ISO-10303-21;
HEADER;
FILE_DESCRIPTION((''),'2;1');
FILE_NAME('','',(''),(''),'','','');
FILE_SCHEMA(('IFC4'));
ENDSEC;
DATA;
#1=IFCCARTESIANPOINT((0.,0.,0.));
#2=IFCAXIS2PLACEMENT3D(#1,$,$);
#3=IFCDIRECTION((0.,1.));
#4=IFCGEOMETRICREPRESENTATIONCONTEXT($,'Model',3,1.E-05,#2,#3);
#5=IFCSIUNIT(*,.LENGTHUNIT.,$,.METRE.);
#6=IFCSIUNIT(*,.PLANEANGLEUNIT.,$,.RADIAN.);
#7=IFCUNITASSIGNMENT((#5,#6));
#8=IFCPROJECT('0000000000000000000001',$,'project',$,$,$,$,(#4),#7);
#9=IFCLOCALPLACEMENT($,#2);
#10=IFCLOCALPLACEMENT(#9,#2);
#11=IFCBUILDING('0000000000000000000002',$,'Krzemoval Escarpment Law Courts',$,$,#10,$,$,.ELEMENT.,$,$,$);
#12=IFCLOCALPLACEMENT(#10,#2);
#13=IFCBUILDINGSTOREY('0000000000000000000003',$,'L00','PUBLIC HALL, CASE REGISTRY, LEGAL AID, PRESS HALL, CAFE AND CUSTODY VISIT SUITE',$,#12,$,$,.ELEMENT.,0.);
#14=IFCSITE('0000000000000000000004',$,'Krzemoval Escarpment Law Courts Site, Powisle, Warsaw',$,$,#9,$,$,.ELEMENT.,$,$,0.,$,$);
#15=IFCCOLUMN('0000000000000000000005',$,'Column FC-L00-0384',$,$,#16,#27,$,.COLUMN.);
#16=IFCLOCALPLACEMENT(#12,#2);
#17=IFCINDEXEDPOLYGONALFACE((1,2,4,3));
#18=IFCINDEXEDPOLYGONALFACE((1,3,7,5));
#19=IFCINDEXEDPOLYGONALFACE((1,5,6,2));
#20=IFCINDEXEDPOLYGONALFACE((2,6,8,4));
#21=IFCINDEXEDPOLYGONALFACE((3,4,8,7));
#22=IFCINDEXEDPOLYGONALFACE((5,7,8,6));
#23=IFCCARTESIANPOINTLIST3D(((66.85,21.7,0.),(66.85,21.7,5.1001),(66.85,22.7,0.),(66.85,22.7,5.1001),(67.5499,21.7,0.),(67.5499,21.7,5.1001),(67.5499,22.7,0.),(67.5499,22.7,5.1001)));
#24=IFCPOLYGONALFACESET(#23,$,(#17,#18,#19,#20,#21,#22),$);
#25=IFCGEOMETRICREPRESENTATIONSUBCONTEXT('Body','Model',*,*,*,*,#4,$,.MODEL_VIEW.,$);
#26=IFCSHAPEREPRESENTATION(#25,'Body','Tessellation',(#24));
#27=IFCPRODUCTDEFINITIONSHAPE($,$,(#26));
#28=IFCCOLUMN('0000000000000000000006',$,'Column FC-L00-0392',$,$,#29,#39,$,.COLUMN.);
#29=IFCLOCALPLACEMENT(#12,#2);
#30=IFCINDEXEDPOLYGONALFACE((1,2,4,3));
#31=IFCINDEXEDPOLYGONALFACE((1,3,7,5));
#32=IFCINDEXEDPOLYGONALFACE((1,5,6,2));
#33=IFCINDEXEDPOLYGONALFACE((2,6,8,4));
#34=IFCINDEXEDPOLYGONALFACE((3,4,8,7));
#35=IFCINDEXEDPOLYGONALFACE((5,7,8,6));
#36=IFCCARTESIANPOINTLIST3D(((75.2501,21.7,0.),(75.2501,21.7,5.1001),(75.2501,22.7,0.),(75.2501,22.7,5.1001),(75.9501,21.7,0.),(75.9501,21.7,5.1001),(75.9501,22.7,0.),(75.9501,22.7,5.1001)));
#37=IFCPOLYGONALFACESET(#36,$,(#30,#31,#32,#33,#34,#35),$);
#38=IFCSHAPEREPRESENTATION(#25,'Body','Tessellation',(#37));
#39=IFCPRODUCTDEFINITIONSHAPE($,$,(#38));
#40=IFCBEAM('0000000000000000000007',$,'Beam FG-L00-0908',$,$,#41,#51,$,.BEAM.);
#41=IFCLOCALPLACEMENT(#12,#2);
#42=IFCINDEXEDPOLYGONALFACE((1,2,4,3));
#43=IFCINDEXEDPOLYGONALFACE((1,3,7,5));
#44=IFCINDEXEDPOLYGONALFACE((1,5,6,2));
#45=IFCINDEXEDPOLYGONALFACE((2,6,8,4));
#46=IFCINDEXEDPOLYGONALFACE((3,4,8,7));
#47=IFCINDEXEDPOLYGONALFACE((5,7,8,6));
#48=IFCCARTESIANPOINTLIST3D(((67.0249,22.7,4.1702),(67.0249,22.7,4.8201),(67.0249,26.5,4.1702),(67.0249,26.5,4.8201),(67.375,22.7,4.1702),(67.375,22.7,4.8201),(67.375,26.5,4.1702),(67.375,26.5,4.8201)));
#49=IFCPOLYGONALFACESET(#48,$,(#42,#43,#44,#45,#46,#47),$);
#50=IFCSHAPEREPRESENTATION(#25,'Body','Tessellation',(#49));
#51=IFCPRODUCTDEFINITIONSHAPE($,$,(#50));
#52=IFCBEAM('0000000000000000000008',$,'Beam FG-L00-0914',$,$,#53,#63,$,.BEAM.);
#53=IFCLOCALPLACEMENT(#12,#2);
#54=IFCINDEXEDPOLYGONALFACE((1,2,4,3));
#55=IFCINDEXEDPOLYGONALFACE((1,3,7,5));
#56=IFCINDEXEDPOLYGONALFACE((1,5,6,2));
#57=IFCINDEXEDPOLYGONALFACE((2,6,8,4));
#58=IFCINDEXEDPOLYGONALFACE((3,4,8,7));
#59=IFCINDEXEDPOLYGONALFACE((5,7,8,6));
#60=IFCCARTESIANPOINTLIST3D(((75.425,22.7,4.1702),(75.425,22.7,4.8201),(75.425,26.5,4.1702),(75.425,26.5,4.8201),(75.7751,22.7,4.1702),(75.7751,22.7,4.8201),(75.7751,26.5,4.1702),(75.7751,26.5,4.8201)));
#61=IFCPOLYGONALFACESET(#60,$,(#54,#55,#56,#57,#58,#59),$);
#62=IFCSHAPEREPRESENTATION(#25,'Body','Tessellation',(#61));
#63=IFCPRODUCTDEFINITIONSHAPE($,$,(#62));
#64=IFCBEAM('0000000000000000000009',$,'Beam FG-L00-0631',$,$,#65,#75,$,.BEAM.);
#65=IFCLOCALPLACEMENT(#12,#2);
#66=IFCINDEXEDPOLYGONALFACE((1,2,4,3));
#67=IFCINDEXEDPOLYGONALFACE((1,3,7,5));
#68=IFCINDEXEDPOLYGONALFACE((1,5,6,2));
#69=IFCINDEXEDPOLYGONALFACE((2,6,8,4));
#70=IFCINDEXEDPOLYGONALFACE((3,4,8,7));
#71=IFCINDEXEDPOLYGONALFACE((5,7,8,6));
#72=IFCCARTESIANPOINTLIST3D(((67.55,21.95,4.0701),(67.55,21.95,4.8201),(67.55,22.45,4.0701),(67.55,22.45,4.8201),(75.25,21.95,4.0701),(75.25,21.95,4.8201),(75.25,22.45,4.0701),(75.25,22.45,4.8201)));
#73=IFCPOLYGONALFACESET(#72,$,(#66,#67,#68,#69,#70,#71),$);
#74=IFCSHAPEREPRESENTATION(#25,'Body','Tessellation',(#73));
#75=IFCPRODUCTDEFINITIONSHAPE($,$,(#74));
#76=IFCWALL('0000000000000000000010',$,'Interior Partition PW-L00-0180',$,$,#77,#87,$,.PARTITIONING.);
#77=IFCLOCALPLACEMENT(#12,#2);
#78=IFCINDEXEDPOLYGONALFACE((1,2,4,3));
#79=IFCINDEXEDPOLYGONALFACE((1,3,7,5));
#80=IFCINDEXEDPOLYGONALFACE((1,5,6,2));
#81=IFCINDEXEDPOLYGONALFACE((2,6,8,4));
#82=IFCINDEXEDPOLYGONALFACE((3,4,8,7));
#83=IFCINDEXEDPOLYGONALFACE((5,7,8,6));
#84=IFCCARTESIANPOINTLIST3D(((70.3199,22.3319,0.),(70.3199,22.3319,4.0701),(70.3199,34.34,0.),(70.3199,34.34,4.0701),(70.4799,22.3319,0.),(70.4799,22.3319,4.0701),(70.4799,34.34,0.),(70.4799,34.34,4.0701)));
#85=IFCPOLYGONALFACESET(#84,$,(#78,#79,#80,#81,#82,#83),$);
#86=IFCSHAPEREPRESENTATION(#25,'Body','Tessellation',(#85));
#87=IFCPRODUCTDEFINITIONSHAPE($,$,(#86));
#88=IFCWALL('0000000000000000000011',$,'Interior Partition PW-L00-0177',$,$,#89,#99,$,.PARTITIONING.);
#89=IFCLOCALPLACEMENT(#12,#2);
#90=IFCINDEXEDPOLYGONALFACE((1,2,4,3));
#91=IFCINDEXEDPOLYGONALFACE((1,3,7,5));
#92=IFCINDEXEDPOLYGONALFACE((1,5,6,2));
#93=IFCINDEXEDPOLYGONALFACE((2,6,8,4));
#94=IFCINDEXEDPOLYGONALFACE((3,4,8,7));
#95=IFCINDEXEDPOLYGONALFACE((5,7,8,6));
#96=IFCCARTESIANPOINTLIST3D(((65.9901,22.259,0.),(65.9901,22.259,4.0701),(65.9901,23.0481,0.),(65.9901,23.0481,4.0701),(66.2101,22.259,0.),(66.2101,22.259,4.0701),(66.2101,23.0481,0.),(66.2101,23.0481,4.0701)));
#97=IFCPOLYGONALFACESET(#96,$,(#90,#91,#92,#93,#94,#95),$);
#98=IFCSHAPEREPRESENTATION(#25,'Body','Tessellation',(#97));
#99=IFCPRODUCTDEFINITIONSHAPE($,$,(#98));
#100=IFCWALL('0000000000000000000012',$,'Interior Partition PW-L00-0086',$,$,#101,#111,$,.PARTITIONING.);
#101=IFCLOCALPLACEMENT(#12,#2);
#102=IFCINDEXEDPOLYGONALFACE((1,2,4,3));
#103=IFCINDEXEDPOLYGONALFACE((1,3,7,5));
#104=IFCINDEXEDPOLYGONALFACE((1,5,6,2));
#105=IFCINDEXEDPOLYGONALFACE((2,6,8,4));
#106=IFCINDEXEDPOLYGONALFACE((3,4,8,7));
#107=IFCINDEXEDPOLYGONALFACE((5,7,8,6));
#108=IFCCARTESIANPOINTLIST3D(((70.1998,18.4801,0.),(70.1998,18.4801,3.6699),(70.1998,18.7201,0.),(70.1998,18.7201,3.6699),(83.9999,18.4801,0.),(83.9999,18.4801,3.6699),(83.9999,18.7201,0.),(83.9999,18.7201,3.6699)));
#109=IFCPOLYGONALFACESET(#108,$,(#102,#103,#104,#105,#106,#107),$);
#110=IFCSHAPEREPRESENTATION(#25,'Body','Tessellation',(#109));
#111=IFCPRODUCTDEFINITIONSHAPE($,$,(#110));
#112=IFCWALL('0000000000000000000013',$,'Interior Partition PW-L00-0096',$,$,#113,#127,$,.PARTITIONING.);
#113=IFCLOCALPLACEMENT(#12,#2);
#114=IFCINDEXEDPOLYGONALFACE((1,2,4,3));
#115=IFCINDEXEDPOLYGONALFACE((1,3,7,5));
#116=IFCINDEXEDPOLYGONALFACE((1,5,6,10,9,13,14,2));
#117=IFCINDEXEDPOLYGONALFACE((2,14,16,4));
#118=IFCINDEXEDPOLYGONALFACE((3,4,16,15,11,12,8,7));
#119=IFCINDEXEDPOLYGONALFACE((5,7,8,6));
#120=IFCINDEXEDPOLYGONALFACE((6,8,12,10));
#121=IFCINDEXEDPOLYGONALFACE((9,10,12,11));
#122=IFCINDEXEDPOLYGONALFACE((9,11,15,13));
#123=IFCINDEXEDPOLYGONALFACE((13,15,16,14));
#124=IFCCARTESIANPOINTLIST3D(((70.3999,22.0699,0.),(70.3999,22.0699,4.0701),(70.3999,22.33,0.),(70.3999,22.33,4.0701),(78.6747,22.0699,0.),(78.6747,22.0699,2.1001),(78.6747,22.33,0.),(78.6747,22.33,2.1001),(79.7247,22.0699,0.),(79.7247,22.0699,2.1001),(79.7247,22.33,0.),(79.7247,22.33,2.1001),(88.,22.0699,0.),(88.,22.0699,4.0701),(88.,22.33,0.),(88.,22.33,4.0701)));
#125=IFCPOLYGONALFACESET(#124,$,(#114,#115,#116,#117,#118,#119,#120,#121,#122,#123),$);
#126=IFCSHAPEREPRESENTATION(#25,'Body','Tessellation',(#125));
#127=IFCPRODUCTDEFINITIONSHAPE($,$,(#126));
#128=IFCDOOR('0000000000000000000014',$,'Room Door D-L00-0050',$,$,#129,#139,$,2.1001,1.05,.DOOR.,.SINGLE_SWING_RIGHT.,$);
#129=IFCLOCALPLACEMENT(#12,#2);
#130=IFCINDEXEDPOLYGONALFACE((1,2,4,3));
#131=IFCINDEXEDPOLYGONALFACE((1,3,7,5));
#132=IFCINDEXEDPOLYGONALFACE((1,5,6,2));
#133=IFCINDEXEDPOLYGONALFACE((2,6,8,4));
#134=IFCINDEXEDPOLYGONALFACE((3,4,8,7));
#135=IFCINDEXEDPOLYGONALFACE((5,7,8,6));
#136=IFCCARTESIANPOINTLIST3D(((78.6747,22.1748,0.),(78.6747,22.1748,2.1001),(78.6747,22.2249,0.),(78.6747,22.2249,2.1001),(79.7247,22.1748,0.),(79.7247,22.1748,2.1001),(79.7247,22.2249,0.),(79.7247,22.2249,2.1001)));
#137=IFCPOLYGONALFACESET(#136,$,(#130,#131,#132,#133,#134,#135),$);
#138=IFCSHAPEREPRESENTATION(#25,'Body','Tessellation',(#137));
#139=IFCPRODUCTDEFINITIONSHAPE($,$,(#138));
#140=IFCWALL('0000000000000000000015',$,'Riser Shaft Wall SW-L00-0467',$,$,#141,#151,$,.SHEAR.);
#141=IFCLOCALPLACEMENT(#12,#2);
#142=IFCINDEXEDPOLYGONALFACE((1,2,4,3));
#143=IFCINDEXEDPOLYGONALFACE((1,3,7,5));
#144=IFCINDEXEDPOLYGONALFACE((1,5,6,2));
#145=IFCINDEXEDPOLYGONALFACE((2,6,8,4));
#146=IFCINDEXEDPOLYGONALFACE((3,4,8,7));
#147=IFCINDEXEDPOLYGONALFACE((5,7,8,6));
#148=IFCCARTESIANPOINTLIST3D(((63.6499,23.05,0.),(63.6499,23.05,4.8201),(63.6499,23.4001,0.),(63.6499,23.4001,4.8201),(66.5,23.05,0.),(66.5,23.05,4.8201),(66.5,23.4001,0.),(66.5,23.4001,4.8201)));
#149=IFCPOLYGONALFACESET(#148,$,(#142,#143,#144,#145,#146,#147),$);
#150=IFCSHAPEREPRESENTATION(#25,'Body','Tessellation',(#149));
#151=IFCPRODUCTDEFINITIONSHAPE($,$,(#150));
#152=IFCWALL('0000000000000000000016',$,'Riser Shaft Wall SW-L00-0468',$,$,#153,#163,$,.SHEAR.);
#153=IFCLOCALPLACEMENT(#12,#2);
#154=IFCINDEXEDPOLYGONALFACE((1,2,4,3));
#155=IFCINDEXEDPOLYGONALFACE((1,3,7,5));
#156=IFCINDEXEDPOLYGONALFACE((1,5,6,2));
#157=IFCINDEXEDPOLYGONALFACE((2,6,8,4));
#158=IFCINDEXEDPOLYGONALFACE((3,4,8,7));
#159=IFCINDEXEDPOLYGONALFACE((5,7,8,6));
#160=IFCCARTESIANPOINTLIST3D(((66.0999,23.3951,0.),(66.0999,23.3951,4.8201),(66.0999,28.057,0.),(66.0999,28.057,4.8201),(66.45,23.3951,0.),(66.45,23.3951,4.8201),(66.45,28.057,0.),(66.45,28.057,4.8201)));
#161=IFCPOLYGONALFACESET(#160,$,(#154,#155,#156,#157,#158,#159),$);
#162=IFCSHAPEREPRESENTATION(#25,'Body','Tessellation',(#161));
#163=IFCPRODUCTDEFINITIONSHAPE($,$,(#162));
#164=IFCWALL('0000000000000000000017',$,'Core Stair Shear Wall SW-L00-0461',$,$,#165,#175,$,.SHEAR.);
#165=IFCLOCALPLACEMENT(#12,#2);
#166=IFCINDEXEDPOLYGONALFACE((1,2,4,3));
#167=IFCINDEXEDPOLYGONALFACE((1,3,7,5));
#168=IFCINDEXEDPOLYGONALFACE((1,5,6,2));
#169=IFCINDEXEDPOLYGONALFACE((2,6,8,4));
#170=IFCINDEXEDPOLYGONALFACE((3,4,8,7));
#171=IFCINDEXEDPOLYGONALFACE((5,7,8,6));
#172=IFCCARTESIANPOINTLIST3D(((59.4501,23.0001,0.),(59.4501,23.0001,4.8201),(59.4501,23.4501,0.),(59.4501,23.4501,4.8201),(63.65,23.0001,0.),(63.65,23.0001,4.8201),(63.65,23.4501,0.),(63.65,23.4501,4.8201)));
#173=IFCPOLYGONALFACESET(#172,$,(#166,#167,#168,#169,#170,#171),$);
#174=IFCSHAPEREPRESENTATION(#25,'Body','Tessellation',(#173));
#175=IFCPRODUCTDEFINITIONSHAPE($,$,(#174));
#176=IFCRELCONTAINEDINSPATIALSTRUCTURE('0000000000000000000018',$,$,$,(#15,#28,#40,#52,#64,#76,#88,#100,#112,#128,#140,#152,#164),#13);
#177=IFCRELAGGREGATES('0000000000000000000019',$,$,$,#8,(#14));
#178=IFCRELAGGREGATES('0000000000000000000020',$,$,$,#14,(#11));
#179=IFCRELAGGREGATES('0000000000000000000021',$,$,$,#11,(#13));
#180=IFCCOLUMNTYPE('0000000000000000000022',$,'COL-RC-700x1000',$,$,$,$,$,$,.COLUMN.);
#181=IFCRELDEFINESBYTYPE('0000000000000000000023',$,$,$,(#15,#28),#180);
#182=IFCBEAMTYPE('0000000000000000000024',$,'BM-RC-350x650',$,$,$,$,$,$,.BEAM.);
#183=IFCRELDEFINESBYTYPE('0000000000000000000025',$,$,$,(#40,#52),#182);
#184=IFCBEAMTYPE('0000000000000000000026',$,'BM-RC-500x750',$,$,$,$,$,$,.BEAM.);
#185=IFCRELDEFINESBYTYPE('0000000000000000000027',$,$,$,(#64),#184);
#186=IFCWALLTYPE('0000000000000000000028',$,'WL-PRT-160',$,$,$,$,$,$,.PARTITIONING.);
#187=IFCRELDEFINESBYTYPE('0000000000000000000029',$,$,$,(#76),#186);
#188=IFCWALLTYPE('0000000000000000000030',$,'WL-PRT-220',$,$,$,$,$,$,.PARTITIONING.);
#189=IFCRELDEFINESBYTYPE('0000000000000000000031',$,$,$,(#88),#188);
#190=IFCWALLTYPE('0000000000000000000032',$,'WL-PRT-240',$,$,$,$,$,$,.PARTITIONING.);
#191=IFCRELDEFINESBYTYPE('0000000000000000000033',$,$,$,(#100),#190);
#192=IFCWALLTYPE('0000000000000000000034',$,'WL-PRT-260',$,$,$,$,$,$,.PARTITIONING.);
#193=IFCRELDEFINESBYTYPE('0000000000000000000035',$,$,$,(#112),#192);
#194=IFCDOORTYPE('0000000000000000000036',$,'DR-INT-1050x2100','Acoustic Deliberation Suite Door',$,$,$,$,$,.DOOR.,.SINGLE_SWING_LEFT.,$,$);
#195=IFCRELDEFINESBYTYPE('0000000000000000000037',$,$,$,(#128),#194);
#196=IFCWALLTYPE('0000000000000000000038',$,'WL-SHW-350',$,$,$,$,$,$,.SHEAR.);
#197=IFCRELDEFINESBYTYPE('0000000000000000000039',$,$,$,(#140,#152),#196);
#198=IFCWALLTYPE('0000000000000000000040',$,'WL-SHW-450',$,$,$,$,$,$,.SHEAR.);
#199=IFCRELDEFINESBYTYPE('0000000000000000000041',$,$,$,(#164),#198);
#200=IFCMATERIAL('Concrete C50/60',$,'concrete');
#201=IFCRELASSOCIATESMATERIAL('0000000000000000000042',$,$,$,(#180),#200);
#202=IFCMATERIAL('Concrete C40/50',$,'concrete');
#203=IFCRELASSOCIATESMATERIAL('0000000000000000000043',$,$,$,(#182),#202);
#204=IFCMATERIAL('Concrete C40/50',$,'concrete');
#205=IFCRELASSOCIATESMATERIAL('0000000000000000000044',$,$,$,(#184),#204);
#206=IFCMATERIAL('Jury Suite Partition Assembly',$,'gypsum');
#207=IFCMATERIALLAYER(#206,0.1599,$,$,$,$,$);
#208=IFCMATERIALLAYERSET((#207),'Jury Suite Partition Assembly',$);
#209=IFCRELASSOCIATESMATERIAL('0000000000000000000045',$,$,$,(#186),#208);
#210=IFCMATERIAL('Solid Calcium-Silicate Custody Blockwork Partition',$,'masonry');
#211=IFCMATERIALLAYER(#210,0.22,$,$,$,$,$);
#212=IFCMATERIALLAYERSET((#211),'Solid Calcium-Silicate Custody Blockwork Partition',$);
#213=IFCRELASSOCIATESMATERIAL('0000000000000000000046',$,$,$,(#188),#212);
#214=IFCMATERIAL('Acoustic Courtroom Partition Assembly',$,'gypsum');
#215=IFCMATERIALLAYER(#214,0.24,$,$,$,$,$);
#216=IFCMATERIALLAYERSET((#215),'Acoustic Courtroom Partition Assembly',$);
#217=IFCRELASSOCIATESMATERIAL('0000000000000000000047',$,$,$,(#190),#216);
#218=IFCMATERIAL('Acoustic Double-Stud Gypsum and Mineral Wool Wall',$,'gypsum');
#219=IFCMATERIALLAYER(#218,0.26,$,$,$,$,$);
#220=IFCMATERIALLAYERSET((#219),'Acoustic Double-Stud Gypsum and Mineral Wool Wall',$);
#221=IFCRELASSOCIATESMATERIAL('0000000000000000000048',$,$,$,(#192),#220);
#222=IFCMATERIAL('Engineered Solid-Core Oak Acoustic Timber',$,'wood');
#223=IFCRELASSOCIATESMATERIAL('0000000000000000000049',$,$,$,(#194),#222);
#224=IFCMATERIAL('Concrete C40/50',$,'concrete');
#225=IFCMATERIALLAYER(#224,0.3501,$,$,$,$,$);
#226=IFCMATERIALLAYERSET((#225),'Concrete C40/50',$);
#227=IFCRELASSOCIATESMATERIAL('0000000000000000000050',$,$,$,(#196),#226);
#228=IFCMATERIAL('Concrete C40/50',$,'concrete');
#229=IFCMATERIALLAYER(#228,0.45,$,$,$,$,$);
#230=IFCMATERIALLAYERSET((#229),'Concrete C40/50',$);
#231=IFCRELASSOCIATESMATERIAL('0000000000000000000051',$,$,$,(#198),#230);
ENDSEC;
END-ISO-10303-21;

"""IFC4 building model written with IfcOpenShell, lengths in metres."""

from ifc_helpers import new_model, si_unit, direction, frame, frame_2d, origin, origin_2d, place, context, subcontext, project, spatial, rectangle, extrude, material, layer, layer_set, material_profile, profile_set, type_object, element, fill, save


model = new_model("IFC4")

# Units and contexts
model_context = context("Model", 3, precision=1e-05, world=origin(), true_north=direction((0.0, 1.0)))
body_context = subcontext(model_context, "Body", "Model", "MODEL_VIEW")
ifc_project = project(units=[si_unit("LENGTHUNIT", "METRE"), si_unit("PLANEANGLEUNIT", "RADIAN")], contexts=[model_context])

# Site, building, storey
site_placement = place(None, origin())
site = spatial("IfcSite", under=ifc_project, at=site_placement, Name="Krzemoval Escarpment Law Courts Site, Powisle, Warsaw", CompositionType="ELEMENT", RefElevation=0.0)
building_placement = place(site_placement, origin())
building = spatial("IfcBuilding", under=site, at=building_placement, Name="Krzemoval Escarpment Law Courts", CompositionType="ELEMENT")
storey_placement = place(building_placement, origin())
storey = spatial("IfcBuildingStorey", under=building, at=storey_placement, Name="L00", Description="PUBLIC HALL, CASE REGISTRY, LEGAL AID, PRESS HALL, CAFE AND CUSTODY VISIT SUITE", CompositionType="ELEMENT", Elevation=0.0)

# Columns
ifc_material_1 = material(Name="Concrete C50/60", Category="concrete")
ifc_material_profile_1 = material_profile(ifc_material_1, rectangle(XDim=0.7, YDim=1.0, at=origin_2d()), Name="RC 700x1000")
ifc_profile_set_1 = profile_set([ifc_material_profile_1], Name="Concrete C50/60")
column_type = type_object("IfcColumnType", Name="COL-RC-700x1000", PredefinedType="COLUMN", material=ifc_profile_set_1)
for number, where, z_axis, x_axis, name in (
    (1, (67.2, 22.2, 0.0), (0.0, 0.0, 1.0), (1.0, 0.0, 0.0), "Column FC-L00-0384"),
    (2, (75.6001, 22.2, 0.0), (0.0, 0.0, 1.0), (1.0, 0.0, 0.0), "Column FC-L00-0392"),
):
    element("IfcColumn", number, at=place(storey_placement, frame(where, z_axis=z_axis, x_axis=x_axis)), inside=storey, type_object=column_type, Name=name, PredefinedType="COLUMN", context=body_context, shape_type="SweptSolid", body=[
        extrude(rectangle(XDim=0.7, YDim=1.0, at=origin_2d()), origin(), (0.0, 0.0, 1.0), 5.1001),
    ])

# Beams
ifc_material_2 = material(Name="Concrete C40/50", Category="concrete")
ifc_material_profile_2 = material_profile(ifc_material_2, rectangle(XDim=0.3501, YDim=0.6499, at=origin_2d()), Name="RCB 350x650")
ifc_profile_set_2 = profile_set([ifc_material_profile_2], Name="Concrete C40/50")
beam_type_1 = type_object("IfcBeamType", Name="BM-RC-350x650", PredefinedType="BEAM", material=ifc_profile_set_2)
for number, where, z_axis, x_axis, name in (
    (3, (67.2, 22.7, 4.4951), (0.0, 1.0, 0.0), (-1.0, 0.0, 0.0), "Beam FG-L00-0908"),
    (4, (75.6001, 22.7, 4.4951), (0.0, 1.0, 0.0), (-1.0, 0.0, 0.0), "Beam FG-L00-0914"),
):
    element("IfcBeam", number, at=place(storey_placement, frame(where, z_axis=z_axis, x_axis=x_axis)), inside=storey, type_object=beam_type_1, Name=name, PredefinedType="BEAM", context=body_context, shape_type="SweptSolid", body=[
        extrude(rectangle(XDim=0.3501, YDim=0.6499, at=origin_2d()), origin(), (0.0, 0.0, 1.0), 3.8),
    ])
ifc_material_3 = material(Name="Concrete C40/50", Category="concrete")
ifc_material_profile_3 = material_profile(ifc_material_3, rectangle(XDim=0.5, YDim=0.75, at=origin_2d()), Name="RCB 500x750")
ifc_profile_set_3 = profile_set([ifc_material_profile_3], Name="Concrete C40/50")
beam_type_2 = type_object("IfcBeamType", Name="BM-RC-500x750", PredefinedType="BEAM", material=ifc_profile_set_3)
beam_placement = place(storey_placement, frame((67.55, 22.2, 4.4451), z_axis=(1.0, 0.0, 0.0), x_axis=(0.0, 1.0, 0.0)))
element("IfcBeam", 5, at=beam_placement, inside=storey, type_object=beam_type_2, Name="Beam FG-L00-0631", PredefinedType="BEAM", context=body_context, shape_type="SweptSolid", body=[
    extrude(rectangle(XDim=0.5, YDim=0.75, at=origin_2d()), origin(), (0.0, 0.0, 1.0), 7.7),
])

# Walls
ifc_material_4 = material(Name="Jury Suite Partition Assembly", Category="gypsum")
ifc_layer_1 = layer(ifc_material_4, 0.1599)
ifc_layer_set_1 = layer_set([ifc_layer_1], Name="Jury Suite Partition Assembly")
wall_type_1 = type_object("IfcWallType", Name="WL-PRT-160", PredefinedType="PARTITIONING", material=ifc_layer_set_1)
wall_1_placement = place(storey_placement, frame((70.3999, 22.332, 0.0), z_axis=(0.0, 0.0, 1.0), x_axis=(0.0, 1.0, 0.0)))
element("IfcWall", 6, at=wall_1_placement, inside=storey, type_object=wall_type_1, Name="Interior Partition PW-L00-0180", PredefinedType="PARTITIONING", context=body_context, shape_type="SweptSolid", body=[
    extrude(rectangle(XDim=12.0081, YDim=0.1599, at=frame_2d((6.0039, 0.0))), origin(), (0.0, 0.0, 1.0), 4.0701),
])
ifc_material_5 = material(Name="Solid Calcium-Silicate Custody Blockwork Partition", Category="masonry")
ifc_layer_2 = layer(ifc_material_5, 0.22)
ifc_layer_set_2 = layer_set([ifc_layer_2], Name="Solid Calcium-Silicate Custody Blockwork Partition")
wall_type_2 = type_object("IfcWallType", Name="WL-PRT-220", PredefinedType="PARTITIONING", material=ifc_layer_set_2)
wall_2_placement = place(storey_placement, frame((66.1001, 22.259, 0.0), z_axis=(0.0, 0.0, 1.0), x_axis=(0.0, 1.0, 0.0)))
element("IfcWall", 7, at=wall_2_placement, inside=storey, type_object=wall_type_2, Name="Interior Partition PW-L00-0177", PredefinedType="PARTITIONING", context=body_context, shape_type="SweptSolid", body=[
    extrude(rectangle(XDim=0.7891, YDim=0.22, at=frame_2d((0.3945, 0.0))), origin(), (0.0, 0.0, 1.0), 4.0701),
])
ifc_material_6 = material(Name="Acoustic Courtroom Partition Assembly", Category="gypsum")
ifc_layer_3 = layer(ifc_material_6, 0.24)
ifc_layer_set_3 = layer_set([ifc_layer_3], Name="Acoustic Courtroom Partition Assembly")
wall_type_3 = type_object("IfcWallType", Name="WL-PRT-240", PredefinedType="PARTITIONING", material=ifc_layer_set_3)
wall_3_placement = place(storey_placement, frame((70.2, 18.6001, 0.0), z_axis=(0.0, 0.0, 1.0), x_axis=(1.0, 0.0, 0.0)))
element("IfcWall", 8, at=wall_3_placement, inside=storey, type_object=wall_type_3, Name="Interior Partition PW-L00-0086", PredefinedType="PARTITIONING", context=body_context, shape_type="SweptSolid", body=[
    extrude(rectangle(XDim=13.8, YDim=0.24, at=frame_2d((6.8999, 0.0))), origin(), (0.0, 0.0, 1.0), 3.6699),
])

# Wall, opening, door
ifc_material_7 = material(Name="Acoustic Double-Stud Gypsum and Mineral Wool Wall", Category="gypsum")
ifc_layer_4 = layer(ifc_material_7, 0.26)
ifc_layer_set_4 = layer_set([ifc_layer_4], Name="Acoustic Double-Stud Gypsum and Mineral Wool Wall")
wall_type_4 = type_object("IfcWallType", Name="WL-PRT-260", PredefinedType="PARTITIONING", material=ifc_layer_set_4)
wall_4_placement = place(storey_placement, frame((70.3999, 22.2, 0.0), z_axis=(0.0, 0.0, 1.0), x_axis=(1.0, 0.0, 0.0)))
wall_4 = element("IfcWall", 9, at=wall_4_placement, inside=storey, type_object=wall_type_4, Name="Interior Partition PW-L00-0096", PredefinedType="PARTITIONING", context=body_context, shape_type="SweptSolid", body=[
    extrude(rectangle(XDim=17.6001, YDim=0.26, at=frame_2d((8.8, 0.0))), origin(), (0.0, 0.0, 1.0), 4.0701),
])
opening_placement = place(wall_4_placement, frame((8.2749, 0.0, 0.0)))
opening = element("IfcOpeningElement", 10, at=opening_placement, cuts=wall_4, PredefinedType="OPENING", context=body_context, shape_type="SweptSolid", body=[
    extrude(rectangle(XDim=1.05, YDim=2.1001, at=frame_2d((0.5249, 1.05))), frame((0.0, 0.145, 0.0), z_axis=(0.0, -1.0, 0.0), x_axis=(1.0, 0.0, 0.0)), (0.0, 0.0, 1.0), 0.29),
])
ifc_material_8 = material(Name="Engineered Solid-Core Oak Acoustic Timber", Category="wood")
door_type = type_object("IfcDoorType", Name="DR-INT-1050x2100", Description="Acoustic Deliberation Suite Door", OperationType="SINGLE_SWING_LEFT", PredefinedType="DOOR", material=ifc_material_8)
door_placement = place(opening_placement, origin())
door = element("IfcDoor", 11, at=door_placement, inside=storey, type_object=door_type, Name="Room Door D-L00-0050", OperationType="SINGLE_SWING_RIGHT", OverallHeight=2.1001, OverallWidth=1.05, PredefinedType="DOOR", context=body_context, shape_type="SweptSolid", body=[
    extrude(rectangle(XDim=1.05, YDim=2.1001, at=frame_2d((0.5249, 1.05))), frame((0.0, 0.0249, 0.0), z_axis=(0.0, -1.0, 0.0), x_axis=(1.0, 0.0, 0.0)), (0.0, 0.0, 1.0), 0.05),
])
fill(opening, door)

# Walls
ifc_material_9 = material(Name="Concrete C40/50", Category="concrete")
ifc_layer_5 = layer(ifc_material_9, 0.3501)
ifc_layer_set_5 = layer_set([ifc_layer_5], Name="Concrete C40/50")
wall_type_5 = type_object("IfcWallType", Name="WL-SHW-350", PredefinedType="SHEAR", material=ifc_layer_set_5)
wall_5_placement = place(storey_placement, frame((63.6499, 23.2251, 0.0), z_axis=(0.0, 0.0, 1.0), x_axis=(1.0, 0.0, 0.0)))
element("IfcWall", 12, at=wall_5_placement, inside=storey, type_object=wall_type_5, Name="Riser Shaft Wall SW-L00-0467", PredefinedType="SHEAR", context=body_context, shape_type="SweptSolid", body=[
    extrude(rectangle(XDim=2.8501, YDim=0.3501, at=frame_2d((1.425, 0.0))), origin(), (0.0, 0.0, 1.0), 4.8201),
])
wall_6_placement = place(storey_placement, frame((66.2749, 23.395, 0.0), z_axis=(0.0, 0.0, 1.0), x_axis=(0.0, 1.0, 0.0)))
element("IfcWall", 13, at=wall_6_placement, inside=storey, type_object=wall_type_5, Name="Riser Shaft Wall SW-L00-0468", PredefinedType="SHEAR", context=body_context, shape_type="SweptSolid", body=[
    extrude(rectangle(XDim=4.6619, YDim=0.3501, at=frame_2d((2.3311, 0.0))), origin(), (0.0, 0.0, 1.0), 4.8201),
])
ifc_material_10 = material(Name="Concrete C40/50", Category="concrete")
ifc_layer_6 = layer(ifc_material_10, 0.45)
ifc_layer_set_6 = layer_set([ifc_layer_6], Name="Concrete C40/50")
wall_type_6 = type_object("IfcWallType", Name="WL-SHW-450", PredefinedType="SHEAR", material=ifc_layer_set_6)
wall_7_placement = place(storey_placement, frame((59.45, 23.2251, 0.0), z_axis=(0.0, 0.0, 1.0), x_axis=(1.0, 0.0, 0.0)))
element("IfcWall", 14, at=wall_7_placement, inside=storey, type_object=wall_type_6, Name="Core Stair Shear Wall SW-L00-0461", PredefinedType="SHEAR", context=body_context, shape_type="SweptSolid", body=[
    extrude(rectangle(XDim=4.2, YDim=0.45, at=frame_2d((2.1001, 0.0))), origin(), (0.0, 0.0, 1.0), 4.8201),
])

save(model, "model.ifc")
